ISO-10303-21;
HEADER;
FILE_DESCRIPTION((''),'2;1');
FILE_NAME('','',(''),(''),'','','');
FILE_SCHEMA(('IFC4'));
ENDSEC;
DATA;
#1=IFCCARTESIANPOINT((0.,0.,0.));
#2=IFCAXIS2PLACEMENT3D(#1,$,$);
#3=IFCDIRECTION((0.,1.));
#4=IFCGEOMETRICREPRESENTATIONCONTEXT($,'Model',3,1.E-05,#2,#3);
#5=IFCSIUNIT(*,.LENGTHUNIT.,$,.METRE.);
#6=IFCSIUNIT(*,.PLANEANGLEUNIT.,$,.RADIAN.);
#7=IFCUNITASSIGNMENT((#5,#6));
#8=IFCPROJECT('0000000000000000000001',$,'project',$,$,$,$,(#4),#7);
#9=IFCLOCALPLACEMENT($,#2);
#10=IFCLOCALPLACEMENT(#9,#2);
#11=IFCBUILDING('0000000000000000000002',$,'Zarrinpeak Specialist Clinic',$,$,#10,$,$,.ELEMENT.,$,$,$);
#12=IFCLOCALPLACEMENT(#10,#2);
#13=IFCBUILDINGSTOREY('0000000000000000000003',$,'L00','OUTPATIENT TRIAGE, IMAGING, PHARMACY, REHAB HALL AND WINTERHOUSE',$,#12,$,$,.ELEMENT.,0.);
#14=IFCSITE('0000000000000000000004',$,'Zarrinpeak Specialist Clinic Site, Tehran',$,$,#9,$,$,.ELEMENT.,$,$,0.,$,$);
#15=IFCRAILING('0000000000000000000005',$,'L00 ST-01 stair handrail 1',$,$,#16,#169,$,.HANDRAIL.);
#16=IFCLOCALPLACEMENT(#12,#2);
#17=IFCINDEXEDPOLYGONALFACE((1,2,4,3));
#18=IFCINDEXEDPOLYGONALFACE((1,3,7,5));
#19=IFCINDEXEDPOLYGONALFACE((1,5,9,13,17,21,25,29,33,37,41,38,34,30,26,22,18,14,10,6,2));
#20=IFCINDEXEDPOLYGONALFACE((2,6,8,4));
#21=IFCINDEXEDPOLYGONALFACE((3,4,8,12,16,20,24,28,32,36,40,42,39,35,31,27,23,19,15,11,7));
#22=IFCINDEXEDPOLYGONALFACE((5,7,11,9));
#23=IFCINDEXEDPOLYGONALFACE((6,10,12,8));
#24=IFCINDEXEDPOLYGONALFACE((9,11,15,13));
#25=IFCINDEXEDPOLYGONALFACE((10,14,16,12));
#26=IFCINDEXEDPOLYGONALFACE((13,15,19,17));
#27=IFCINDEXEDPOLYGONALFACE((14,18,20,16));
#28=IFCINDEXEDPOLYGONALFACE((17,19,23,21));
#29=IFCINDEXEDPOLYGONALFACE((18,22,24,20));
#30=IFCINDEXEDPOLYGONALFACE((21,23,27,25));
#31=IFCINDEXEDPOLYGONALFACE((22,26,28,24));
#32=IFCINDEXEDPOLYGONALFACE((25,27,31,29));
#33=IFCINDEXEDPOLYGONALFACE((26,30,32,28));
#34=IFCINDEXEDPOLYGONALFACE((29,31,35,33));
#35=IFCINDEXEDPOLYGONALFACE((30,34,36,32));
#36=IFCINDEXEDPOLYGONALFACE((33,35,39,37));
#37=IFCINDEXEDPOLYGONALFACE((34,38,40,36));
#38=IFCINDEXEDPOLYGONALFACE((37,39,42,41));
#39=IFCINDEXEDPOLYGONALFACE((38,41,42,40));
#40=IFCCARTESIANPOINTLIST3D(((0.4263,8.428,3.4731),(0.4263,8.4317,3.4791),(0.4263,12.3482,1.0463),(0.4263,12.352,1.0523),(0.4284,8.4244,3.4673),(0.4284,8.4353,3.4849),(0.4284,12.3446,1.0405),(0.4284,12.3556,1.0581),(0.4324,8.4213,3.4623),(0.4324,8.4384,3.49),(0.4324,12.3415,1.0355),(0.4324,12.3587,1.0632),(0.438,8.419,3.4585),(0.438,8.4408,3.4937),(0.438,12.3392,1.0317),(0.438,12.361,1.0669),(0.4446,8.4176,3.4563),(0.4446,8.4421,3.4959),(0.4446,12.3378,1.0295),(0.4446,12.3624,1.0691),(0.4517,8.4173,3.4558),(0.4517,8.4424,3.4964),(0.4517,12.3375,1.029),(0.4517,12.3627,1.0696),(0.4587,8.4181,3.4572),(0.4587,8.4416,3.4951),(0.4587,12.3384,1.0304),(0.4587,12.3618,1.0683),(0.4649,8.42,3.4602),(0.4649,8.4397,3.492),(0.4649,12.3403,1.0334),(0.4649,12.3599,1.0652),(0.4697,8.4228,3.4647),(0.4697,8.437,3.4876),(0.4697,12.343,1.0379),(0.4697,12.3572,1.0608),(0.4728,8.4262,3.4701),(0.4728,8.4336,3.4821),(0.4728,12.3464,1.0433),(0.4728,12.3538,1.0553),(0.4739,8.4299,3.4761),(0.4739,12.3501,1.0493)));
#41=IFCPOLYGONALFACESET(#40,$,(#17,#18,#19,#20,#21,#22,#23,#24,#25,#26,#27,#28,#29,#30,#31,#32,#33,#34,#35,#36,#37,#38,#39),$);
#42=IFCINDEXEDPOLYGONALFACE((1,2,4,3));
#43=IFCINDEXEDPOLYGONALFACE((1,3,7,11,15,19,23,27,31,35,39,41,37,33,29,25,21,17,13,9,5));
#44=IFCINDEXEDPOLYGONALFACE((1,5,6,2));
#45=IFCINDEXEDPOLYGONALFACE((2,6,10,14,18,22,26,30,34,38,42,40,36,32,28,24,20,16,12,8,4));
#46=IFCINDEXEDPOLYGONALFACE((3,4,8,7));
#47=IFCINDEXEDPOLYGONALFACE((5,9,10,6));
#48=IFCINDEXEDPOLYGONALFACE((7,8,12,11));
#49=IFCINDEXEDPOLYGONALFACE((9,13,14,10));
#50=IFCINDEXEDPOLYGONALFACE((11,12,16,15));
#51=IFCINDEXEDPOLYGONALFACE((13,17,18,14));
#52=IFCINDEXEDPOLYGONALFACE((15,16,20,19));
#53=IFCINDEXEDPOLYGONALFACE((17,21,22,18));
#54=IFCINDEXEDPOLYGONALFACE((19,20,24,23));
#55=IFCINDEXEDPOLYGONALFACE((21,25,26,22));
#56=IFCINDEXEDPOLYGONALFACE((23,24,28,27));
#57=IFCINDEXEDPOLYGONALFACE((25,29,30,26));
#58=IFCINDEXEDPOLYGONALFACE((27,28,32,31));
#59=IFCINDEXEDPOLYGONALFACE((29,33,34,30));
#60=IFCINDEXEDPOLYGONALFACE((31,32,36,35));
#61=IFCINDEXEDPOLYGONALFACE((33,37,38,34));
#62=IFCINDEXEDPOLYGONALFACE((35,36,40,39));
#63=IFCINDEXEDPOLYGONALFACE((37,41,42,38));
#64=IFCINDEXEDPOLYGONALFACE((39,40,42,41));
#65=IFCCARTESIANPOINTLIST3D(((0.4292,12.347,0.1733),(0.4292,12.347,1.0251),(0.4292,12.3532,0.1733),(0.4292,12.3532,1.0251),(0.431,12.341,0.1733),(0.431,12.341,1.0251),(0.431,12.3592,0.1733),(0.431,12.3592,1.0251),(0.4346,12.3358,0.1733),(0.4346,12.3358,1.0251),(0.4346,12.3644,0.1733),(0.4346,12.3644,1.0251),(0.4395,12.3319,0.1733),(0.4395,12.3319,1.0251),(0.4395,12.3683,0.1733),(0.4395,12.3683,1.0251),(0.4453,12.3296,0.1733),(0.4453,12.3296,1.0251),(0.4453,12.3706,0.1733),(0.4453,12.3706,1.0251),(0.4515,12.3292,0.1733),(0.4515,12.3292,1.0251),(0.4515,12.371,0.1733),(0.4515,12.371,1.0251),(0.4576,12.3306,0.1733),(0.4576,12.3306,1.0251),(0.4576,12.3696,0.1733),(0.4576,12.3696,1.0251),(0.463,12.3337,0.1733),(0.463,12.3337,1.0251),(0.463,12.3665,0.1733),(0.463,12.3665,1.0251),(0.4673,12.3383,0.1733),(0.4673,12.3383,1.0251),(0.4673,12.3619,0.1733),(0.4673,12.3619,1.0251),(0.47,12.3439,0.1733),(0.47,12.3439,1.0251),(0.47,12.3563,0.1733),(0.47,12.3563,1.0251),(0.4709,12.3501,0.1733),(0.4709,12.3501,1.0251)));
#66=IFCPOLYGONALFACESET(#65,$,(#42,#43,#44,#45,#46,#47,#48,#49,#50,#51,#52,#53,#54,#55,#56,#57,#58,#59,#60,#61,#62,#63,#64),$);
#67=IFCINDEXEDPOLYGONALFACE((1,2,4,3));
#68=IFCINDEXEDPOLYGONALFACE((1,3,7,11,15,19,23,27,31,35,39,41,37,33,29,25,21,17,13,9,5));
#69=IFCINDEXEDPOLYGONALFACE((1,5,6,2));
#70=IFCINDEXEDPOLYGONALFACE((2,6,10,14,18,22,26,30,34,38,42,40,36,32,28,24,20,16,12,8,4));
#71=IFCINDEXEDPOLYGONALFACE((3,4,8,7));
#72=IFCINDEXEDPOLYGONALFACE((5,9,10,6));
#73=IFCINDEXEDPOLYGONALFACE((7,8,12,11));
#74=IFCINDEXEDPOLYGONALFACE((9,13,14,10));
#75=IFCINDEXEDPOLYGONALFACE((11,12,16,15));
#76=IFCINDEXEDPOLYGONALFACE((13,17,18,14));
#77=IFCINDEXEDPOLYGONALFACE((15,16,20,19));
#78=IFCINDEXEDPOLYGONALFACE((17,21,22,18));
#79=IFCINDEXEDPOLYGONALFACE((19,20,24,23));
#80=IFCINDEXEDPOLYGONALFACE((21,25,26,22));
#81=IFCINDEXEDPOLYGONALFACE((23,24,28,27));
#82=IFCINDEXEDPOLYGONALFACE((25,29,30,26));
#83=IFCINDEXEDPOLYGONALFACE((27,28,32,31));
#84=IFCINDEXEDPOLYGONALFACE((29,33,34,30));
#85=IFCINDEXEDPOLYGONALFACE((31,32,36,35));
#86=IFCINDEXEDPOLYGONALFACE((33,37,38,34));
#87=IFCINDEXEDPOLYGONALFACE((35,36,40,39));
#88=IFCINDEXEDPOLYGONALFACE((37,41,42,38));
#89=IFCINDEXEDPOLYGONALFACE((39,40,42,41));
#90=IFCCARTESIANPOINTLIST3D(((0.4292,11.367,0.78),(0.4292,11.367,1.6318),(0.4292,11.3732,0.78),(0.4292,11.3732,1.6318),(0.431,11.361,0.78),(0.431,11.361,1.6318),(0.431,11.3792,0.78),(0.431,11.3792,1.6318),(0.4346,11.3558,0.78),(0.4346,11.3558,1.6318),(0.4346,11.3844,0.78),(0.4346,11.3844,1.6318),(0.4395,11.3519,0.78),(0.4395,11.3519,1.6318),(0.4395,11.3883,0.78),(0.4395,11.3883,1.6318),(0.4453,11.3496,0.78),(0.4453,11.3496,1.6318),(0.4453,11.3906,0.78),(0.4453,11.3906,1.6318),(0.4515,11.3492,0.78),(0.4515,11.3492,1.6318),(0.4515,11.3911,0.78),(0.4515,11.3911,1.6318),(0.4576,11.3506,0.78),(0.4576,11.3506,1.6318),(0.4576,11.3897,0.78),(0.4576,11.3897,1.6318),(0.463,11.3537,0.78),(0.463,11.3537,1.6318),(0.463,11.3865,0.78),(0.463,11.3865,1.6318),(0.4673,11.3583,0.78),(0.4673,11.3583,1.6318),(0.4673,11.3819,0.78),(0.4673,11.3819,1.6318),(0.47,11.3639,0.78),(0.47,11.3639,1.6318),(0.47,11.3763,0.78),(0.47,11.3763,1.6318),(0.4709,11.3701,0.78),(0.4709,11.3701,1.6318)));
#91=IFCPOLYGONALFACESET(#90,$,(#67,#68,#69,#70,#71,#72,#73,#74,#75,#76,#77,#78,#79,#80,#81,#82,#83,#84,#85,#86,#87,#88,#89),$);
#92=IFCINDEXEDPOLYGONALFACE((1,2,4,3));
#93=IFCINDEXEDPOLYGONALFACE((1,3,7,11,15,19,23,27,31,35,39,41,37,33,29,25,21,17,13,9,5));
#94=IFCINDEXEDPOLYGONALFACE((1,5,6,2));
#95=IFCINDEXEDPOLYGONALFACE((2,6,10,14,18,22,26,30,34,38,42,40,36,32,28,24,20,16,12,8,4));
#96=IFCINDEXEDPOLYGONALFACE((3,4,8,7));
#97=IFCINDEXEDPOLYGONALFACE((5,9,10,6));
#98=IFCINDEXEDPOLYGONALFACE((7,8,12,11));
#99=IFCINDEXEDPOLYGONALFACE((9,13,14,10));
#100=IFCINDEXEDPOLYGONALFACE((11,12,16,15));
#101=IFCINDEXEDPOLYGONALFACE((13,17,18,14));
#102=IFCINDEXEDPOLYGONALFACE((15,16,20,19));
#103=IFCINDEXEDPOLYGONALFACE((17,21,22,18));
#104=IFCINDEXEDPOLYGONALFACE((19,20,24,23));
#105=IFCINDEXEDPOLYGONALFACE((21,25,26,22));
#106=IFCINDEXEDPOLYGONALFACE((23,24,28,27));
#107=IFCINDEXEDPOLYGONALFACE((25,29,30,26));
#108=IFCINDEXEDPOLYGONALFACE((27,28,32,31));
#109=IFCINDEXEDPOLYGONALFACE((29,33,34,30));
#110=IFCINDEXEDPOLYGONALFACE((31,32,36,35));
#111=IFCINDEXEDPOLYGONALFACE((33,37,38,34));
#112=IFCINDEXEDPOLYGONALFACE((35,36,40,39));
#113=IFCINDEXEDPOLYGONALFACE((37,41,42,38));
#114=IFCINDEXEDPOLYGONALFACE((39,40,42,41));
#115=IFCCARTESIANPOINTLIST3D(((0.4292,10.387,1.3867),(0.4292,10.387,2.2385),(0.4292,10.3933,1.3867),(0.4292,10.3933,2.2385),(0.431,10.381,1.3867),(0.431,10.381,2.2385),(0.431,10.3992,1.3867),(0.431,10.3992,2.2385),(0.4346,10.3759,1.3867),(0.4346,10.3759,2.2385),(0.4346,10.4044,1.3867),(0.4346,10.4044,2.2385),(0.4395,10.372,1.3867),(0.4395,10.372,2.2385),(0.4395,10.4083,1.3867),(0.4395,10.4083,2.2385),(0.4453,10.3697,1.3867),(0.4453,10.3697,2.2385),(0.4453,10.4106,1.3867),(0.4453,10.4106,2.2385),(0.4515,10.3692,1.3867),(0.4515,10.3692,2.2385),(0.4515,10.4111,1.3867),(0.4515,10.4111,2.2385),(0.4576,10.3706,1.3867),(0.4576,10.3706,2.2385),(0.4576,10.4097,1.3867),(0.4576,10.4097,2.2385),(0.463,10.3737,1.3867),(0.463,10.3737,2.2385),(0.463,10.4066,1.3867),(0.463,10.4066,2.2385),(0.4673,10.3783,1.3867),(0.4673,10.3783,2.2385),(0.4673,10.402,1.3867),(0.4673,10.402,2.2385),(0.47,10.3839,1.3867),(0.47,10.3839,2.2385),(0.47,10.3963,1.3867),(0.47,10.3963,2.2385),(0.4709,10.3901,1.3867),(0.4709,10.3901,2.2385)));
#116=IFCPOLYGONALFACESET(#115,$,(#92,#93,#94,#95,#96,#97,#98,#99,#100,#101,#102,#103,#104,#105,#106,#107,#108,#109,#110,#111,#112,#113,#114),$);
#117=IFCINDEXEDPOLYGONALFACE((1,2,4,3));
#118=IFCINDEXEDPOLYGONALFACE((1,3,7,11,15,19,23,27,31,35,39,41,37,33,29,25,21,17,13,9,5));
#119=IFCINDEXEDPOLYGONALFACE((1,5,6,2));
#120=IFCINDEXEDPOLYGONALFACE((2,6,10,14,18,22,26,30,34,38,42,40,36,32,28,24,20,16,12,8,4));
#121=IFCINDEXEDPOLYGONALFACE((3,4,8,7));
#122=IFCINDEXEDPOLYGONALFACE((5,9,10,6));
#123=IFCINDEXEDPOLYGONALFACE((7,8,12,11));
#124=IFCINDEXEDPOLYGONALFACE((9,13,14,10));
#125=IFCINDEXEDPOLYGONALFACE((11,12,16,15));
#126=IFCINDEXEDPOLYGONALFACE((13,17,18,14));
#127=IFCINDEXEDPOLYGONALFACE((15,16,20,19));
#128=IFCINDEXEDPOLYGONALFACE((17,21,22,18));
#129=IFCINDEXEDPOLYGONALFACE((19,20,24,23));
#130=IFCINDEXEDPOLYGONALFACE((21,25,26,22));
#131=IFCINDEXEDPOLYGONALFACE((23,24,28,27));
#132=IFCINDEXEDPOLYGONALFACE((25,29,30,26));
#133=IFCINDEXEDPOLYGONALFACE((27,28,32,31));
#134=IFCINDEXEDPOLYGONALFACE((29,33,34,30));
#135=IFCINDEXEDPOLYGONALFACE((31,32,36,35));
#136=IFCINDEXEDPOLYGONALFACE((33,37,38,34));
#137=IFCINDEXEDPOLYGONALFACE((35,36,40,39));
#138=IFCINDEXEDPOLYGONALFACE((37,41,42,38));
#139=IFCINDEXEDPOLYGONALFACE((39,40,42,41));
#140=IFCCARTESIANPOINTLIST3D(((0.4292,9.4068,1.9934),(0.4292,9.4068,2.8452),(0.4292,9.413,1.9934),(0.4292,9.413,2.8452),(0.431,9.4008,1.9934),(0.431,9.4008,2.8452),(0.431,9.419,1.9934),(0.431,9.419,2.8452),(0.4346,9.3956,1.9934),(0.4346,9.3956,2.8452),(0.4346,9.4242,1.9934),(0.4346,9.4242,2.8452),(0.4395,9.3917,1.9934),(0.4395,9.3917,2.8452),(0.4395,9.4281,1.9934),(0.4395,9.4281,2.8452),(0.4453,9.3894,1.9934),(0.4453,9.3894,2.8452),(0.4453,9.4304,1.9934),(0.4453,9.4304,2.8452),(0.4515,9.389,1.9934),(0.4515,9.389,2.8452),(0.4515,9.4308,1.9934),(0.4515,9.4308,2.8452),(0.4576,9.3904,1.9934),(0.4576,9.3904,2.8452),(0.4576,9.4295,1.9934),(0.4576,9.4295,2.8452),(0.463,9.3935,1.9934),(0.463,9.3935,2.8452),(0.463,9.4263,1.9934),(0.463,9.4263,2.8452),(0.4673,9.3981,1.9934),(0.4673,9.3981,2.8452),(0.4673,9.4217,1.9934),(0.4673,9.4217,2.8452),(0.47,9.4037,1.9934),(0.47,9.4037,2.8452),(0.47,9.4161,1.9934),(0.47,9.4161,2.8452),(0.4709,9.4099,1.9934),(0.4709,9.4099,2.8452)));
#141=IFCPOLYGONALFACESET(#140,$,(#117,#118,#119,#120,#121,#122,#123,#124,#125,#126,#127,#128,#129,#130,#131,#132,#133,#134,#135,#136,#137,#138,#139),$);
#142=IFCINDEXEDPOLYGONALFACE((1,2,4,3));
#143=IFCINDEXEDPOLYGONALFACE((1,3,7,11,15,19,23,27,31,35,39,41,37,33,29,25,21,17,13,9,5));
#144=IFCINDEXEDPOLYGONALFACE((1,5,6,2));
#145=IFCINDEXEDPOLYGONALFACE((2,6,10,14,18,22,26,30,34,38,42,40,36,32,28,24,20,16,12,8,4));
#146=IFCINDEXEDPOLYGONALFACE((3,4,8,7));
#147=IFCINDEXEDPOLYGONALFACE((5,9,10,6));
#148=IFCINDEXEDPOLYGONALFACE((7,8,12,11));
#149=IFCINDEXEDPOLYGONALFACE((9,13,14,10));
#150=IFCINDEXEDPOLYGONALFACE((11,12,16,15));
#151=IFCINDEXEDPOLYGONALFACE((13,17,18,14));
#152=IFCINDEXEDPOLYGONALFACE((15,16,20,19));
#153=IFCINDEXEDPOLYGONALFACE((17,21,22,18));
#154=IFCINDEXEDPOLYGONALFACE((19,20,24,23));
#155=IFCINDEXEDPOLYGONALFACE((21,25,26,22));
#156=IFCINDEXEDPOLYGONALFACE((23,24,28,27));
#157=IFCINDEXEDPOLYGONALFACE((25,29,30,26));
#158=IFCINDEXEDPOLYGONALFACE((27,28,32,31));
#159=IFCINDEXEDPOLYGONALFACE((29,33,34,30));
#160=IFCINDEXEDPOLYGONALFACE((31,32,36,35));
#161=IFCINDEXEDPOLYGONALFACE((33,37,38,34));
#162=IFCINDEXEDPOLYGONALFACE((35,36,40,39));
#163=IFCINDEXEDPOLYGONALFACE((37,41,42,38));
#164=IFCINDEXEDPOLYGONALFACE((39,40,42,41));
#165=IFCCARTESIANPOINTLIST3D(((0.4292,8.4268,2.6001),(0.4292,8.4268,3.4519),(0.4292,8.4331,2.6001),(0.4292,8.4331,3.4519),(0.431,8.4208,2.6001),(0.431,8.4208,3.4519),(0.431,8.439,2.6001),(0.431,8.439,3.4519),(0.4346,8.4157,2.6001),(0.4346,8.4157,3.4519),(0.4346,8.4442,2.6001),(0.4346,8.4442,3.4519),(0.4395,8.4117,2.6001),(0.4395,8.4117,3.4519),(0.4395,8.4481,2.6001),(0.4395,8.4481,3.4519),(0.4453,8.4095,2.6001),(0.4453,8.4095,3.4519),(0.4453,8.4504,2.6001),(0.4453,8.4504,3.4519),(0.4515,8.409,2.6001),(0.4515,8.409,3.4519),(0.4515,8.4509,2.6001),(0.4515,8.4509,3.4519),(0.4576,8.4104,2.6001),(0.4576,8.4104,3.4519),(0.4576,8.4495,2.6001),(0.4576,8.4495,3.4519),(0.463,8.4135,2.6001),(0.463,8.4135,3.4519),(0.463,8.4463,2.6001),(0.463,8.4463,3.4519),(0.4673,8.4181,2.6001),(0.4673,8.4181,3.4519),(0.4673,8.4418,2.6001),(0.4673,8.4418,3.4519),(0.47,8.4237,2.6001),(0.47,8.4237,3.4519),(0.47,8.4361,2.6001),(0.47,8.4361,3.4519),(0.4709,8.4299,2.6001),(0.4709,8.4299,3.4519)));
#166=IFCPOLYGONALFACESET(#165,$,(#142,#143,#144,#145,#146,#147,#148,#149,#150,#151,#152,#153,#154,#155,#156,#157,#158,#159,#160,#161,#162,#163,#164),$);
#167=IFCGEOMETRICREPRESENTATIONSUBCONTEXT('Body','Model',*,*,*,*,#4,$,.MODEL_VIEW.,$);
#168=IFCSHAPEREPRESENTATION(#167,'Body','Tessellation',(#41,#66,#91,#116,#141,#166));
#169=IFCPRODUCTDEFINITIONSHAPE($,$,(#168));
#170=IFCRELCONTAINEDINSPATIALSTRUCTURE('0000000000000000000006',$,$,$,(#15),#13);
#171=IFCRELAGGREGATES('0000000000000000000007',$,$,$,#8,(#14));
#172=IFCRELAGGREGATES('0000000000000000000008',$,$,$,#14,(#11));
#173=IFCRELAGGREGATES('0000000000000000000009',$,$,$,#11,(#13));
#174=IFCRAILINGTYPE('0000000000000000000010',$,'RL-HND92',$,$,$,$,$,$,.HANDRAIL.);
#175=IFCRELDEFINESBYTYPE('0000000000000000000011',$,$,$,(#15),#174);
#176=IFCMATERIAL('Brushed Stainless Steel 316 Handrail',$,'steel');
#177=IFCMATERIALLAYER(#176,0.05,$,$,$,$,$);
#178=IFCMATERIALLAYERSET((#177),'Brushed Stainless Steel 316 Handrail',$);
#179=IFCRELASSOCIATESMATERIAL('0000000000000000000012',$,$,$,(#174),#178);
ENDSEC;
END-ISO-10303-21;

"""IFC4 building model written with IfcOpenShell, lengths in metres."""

from ifc_helpers import new_model, si_unit, direction, frame, origin, origin_2d, place, context, subcontext, project, spatial, circle, extrude, material, layer, layer_set, type_object, element, save


model = new_model("IFC4")

# Units and contexts
model_context = context("Model", 3, precision=1e-05, world=origin(), true_north=direction((0.0, 1.0)))
body_context = subcontext(model_context, "Body", "Model", "MODEL_VIEW")
ifc_project = project(units=[si_unit("LENGTHUNIT", "METRE"), si_unit("PLANEANGLEUNIT", "RADIAN")], contexts=[model_context])

# Site, building, storey
site_placement = place(None, origin())
site = spatial("IfcSite", under=ifc_project, at=site_placement, Name="Zarrinpeak Specialist Clinic Site, Tehran", CompositionType="ELEMENT", RefElevation=0.0)
building_placement = place(site_placement, origin())
building = spatial("IfcBuilding", under=site, at=building_placement, Name="Zarrinpeak Specialist Clinic", CompositionType="ELEMENT")
storey_placement = place(building_placement, origin())
storey = spatial("IfcBuildingStorey", under=building, at=storey_placement, Name="L00", Description="OUTPATIENT TRIAGE, IMAGING, PHARMACY, REHAB HALL AND WINTERHOUSE", CompositionType="ELEMENT", Elevation=0.0)

# Railing
ifc_material_1 = material(Name="Brushed Stainless Steel 316 Handrail", Category="steel")
ifc_layer_1 = layer(ifc_material_1, 0.05)
ifc_layer_set_1 = layer_set([ifc_layer_1], Name="Brushed Stainless Steel 316 Handrail")
railing_type_1 = type_object("IfcRailingType", Name="RL-HND92", PredefinedType="HANDRAIL", material=ifc_layer_set_1)
railing_1_placement = place(storey_placement, frame((0.45, 12.3501, 0.1733)))
element("IfcRailing", 1, at=railing_1_placement, inside=storey, type_object=railing_type_1, Name="L00 ST-01 stair handrail 1", PredefinedType="HANDRAIL", context=body_context, shape_type="SweptSolid", body=[
    extrude(circle(Radius=0.0239, at=origin_2d()), frame((0.0, 0.0, 0.876), z_axis=(0.0, -0.850266, 0.526353), x_axis=(1.0, 0.0, 0.0)), (0.0, 0.0, 1.0), 4.6106),
    extrude(circle(Radius=0.021, at=origin_2d()), origin(), (0.0, 0.0, 1.0), 0.8518),
    extrude(circle(Radius=0.021, at=origin_2d()), frame((0.0, -0.98, 0.6067)), (0.0, 0.0, 1.0), 0.8518),
    extrude(circle(Radius=0.021, at=origin_2d()), frame((0.0, -1.96, 1.2134)), (0.0, 0.0, 1.0), 0.8518),
    extrude(circle(Radius=0.021, at=origin_2d()), frame((0.0, -2.9402, 1.8201)), (0.0, 0.0, 1.0), 0.8518),
    extrude(circle(Radius=0.021, at=origin_2d()), frame((0.0, -3.9202, 2.4268)), (0.0, 0.0, 1.0), 0.8518),
])

save(model, "model.ifc")
